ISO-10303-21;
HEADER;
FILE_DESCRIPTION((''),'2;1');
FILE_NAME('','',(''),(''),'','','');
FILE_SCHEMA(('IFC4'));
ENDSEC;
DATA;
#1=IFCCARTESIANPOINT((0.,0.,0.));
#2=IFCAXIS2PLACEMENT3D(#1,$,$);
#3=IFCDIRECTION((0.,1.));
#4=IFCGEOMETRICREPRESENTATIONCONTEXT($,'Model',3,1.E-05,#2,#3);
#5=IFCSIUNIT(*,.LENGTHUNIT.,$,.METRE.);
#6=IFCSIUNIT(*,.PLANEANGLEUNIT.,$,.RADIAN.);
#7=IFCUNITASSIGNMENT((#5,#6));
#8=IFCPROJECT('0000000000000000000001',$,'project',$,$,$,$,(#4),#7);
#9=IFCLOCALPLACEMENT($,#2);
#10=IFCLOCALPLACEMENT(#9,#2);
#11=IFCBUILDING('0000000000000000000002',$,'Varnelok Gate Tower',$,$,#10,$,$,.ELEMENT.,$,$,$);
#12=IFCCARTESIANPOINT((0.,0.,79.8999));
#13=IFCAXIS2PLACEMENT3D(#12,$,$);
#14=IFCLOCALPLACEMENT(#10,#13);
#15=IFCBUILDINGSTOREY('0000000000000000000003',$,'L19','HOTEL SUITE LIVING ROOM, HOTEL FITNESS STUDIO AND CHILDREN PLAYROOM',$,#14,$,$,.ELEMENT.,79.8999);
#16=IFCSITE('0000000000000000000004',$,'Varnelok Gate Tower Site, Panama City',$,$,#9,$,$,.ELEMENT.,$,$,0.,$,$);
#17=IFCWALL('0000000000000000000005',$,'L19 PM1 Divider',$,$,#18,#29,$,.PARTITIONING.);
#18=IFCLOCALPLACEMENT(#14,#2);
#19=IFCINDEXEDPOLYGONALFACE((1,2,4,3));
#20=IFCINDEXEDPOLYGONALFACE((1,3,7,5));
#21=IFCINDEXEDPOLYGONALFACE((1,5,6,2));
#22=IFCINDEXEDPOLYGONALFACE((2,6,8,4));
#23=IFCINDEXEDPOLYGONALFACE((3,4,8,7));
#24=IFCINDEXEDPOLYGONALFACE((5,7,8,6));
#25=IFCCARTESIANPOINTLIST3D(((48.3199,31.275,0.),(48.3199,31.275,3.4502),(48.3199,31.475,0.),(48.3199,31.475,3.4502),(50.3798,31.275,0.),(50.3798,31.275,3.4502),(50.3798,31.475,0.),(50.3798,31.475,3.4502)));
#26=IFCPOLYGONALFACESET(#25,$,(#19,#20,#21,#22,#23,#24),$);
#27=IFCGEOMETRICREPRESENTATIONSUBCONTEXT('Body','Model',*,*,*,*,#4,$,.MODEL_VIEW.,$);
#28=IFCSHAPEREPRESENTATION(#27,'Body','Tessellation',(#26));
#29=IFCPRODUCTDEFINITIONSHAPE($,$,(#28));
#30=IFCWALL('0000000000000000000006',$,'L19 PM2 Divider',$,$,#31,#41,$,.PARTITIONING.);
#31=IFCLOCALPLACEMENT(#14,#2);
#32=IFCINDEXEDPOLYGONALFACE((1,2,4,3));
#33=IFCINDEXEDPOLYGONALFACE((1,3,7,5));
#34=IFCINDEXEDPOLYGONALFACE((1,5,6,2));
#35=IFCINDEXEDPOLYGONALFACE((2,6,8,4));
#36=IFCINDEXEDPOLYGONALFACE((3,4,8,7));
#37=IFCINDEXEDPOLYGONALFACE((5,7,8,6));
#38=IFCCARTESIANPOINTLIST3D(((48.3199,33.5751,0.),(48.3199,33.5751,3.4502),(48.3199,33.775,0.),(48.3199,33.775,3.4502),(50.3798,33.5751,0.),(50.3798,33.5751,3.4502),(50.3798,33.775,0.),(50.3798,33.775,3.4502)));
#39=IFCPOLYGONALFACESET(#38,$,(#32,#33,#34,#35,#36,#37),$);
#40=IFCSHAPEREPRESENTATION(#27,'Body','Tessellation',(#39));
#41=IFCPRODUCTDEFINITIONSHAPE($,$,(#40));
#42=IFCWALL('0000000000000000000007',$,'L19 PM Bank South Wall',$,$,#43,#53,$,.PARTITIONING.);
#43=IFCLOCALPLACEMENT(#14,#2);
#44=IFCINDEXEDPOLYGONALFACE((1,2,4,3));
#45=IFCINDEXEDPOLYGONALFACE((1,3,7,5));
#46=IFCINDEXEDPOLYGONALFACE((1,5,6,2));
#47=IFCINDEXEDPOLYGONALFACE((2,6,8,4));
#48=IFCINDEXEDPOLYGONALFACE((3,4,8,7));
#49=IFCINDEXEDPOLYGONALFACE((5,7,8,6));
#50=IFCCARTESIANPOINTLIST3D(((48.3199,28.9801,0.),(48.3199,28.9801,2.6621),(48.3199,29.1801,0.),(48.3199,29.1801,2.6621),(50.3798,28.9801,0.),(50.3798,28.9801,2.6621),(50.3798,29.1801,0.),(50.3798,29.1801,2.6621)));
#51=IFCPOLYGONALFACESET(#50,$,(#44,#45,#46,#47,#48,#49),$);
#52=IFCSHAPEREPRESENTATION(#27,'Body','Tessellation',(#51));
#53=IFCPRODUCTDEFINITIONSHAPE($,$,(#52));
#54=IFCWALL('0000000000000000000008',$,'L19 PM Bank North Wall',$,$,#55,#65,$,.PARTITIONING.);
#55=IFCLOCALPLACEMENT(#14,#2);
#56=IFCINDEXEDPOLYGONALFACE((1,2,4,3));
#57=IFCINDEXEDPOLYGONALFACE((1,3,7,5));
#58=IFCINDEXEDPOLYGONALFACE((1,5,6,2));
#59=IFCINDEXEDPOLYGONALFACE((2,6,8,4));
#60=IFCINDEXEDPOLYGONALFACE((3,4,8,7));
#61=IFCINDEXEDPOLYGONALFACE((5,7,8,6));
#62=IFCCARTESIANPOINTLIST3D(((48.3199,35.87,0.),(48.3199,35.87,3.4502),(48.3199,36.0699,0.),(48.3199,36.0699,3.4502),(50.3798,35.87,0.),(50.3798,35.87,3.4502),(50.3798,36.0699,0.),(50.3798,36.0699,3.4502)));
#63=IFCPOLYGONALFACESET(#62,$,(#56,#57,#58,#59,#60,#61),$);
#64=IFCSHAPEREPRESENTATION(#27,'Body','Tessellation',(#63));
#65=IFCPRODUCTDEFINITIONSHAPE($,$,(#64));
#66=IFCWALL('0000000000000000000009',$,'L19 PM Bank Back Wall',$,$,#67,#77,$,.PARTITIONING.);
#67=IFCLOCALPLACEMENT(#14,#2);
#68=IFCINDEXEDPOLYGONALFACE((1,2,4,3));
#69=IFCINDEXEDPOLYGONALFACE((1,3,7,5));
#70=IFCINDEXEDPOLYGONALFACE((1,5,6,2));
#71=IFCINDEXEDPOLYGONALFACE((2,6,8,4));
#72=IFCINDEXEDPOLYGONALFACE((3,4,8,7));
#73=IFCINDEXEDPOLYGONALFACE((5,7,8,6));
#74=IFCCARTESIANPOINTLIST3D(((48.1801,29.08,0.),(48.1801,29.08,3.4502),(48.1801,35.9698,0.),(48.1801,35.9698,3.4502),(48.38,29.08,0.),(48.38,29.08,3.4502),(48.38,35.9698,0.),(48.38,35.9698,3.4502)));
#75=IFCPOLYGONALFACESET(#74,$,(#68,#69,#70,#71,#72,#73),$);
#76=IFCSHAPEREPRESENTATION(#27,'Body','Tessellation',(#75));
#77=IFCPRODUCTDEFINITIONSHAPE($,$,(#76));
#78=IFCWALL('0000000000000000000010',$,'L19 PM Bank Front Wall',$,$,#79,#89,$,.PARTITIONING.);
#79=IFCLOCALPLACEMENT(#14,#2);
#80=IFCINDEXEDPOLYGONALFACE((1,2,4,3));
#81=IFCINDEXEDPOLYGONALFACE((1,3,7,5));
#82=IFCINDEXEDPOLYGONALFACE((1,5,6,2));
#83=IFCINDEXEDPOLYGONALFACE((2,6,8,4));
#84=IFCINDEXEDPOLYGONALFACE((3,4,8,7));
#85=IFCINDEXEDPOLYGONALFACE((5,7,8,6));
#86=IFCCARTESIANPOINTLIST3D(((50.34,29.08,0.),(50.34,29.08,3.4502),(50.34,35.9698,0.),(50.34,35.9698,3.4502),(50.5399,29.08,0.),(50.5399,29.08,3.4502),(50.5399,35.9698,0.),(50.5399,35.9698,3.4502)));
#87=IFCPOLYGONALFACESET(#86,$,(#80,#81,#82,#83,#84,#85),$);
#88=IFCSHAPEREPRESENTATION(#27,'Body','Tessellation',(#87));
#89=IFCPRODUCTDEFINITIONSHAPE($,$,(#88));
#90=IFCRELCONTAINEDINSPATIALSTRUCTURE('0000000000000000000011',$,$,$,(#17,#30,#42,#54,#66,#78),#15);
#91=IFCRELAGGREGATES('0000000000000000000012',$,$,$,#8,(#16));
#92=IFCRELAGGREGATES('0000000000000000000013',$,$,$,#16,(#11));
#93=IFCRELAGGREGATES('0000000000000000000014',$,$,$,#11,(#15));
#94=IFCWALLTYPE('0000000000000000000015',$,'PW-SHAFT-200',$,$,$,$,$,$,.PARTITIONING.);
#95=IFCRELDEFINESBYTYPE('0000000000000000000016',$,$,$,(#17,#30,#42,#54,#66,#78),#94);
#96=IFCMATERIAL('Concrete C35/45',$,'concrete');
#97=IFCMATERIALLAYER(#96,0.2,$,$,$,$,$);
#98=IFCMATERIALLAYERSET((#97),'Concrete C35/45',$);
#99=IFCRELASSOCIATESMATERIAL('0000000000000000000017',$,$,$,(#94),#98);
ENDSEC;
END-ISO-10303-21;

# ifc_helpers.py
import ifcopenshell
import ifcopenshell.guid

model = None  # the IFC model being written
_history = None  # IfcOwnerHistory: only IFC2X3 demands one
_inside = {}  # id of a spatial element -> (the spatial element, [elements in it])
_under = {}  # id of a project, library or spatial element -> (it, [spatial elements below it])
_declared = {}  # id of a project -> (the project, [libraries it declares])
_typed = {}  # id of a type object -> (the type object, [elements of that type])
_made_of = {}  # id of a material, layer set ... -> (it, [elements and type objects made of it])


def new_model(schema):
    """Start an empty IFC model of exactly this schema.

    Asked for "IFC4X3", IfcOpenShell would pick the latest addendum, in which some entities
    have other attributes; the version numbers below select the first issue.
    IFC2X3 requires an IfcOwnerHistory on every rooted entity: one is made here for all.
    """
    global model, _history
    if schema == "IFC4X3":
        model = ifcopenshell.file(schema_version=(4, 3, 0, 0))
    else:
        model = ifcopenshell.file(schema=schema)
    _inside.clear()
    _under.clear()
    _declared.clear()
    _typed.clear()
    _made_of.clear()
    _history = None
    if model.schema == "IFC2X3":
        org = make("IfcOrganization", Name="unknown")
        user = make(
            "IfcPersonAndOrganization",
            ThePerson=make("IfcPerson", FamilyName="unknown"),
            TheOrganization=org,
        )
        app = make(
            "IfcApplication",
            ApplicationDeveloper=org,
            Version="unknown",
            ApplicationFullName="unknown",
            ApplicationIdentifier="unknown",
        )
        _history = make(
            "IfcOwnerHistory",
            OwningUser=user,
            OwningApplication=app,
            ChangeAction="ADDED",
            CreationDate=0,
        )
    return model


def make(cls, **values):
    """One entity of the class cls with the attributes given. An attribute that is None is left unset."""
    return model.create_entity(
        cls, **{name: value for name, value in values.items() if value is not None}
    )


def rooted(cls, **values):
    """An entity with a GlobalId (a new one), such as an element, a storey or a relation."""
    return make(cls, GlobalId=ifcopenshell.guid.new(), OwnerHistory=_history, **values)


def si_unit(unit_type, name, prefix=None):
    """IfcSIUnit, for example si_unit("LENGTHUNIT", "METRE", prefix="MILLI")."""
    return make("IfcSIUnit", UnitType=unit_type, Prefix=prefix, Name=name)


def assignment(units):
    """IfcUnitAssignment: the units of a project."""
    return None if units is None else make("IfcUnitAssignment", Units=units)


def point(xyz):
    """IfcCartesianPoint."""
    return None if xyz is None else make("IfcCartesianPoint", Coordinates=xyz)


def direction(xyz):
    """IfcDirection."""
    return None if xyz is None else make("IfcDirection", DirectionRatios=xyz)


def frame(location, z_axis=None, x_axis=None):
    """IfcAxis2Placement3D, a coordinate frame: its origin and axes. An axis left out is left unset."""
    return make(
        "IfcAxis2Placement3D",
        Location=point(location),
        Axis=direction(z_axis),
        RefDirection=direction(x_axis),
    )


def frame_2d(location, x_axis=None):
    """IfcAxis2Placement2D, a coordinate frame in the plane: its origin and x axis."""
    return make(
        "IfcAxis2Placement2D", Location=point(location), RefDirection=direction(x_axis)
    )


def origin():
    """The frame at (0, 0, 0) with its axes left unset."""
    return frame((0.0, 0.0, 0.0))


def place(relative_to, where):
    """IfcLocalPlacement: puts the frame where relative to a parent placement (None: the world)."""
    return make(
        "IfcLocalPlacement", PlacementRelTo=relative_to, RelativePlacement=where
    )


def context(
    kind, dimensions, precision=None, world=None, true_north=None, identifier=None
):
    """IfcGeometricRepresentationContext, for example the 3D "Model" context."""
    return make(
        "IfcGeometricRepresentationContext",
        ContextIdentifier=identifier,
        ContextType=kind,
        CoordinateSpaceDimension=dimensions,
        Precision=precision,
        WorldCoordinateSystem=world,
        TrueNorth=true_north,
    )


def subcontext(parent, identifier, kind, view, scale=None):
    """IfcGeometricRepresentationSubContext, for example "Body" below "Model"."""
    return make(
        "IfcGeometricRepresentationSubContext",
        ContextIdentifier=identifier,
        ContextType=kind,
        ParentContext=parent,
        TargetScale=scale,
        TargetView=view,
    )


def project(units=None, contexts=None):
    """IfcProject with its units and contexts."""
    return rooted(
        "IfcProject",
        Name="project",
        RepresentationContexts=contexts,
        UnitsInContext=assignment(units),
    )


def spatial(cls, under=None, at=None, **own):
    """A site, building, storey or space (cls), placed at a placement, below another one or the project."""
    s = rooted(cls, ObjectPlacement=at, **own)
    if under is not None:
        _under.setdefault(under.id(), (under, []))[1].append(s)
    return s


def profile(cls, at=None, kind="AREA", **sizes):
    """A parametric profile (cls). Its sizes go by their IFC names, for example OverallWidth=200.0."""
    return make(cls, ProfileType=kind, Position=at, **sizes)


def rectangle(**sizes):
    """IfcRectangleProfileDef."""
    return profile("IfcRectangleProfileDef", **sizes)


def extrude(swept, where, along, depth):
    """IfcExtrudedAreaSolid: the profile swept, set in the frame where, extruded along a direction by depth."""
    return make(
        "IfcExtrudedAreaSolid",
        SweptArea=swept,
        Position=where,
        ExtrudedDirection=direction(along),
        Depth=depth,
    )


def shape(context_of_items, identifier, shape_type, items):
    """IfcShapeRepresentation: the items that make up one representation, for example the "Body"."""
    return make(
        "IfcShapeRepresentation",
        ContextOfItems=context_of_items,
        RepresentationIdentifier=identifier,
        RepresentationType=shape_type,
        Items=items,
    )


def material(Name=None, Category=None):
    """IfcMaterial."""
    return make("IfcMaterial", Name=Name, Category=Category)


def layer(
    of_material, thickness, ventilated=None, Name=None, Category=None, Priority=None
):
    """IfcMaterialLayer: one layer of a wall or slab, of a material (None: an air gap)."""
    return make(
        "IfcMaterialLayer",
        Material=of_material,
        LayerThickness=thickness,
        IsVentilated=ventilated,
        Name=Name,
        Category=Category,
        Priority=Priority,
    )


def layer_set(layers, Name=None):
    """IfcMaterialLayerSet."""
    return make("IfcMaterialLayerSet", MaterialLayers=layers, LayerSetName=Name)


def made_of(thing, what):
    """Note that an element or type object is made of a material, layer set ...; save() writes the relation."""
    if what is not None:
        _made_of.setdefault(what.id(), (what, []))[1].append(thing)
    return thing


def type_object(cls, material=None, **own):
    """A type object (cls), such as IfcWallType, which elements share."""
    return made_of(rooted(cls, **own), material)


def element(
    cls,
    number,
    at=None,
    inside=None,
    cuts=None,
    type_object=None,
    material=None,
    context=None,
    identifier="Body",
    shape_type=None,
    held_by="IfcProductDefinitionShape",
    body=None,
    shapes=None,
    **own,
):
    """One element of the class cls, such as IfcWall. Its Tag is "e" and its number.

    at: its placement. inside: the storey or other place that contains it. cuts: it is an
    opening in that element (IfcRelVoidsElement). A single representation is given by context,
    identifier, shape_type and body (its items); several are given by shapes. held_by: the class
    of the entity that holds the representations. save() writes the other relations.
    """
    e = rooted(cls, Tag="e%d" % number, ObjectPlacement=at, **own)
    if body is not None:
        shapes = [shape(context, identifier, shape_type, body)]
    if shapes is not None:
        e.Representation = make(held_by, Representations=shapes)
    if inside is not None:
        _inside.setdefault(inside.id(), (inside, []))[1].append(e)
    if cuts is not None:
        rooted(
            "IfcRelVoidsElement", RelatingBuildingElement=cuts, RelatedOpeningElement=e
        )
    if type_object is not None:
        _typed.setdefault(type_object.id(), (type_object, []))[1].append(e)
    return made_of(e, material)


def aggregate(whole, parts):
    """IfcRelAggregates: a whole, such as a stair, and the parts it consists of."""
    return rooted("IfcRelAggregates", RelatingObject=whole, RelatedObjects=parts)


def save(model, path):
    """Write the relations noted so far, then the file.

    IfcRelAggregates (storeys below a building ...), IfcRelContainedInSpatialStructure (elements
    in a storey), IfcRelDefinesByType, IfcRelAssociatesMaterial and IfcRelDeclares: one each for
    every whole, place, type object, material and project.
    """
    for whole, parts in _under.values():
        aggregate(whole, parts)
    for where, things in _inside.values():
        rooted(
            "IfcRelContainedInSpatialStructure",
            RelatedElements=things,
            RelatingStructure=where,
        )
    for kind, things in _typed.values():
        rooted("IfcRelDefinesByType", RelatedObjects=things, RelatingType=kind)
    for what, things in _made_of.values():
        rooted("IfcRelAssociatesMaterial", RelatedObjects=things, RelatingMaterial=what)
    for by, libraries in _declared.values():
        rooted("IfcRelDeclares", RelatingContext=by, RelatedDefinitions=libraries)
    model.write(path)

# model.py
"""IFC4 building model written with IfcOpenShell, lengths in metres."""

from ifc_helpers import new_model, si_unit, direction, frame, frame_2d, origin, place, context, subcontext, project, spatial, rectangle, extrude, material, layer, layer_set, type_object, element, save


model = new_model("IFC4")

# Units and contexts
model_context = context("Model", 3, precision=1e-05, world=origin(), true_north=direction((0.0, 1.0)))
body_context = subcontext(model_context, "Body", "Model", "MODEL_VIEW")
ifc_project = project(units=[si_unit("LENGTHUNIT", "METRE"), si_unit("PLANEANGLEUNIT", "RADIAN")], contexts=[model_context])

# Site, building, storey
site_placement = place(None, origin())
site = spatial("IfcSite", under=ifc_project, at=site_placement, Name="Varnelok Gate Tower Site, Panama City", CompositionType="ELEMENT", RefElevation=0.0)
building_placement = place(site_placement, origin())
building = spatial("IfcBuilding", under=site, at=building_placement, Name="Varnelok Gate Tower", CompositionType="ELEMENT")
storey_placement = place(building_placement, frame((0.0, 0.0, 79.8999)))
storey = spatial("IfcBuildingStorey", under=building, at=storey_placement, Name="L19", Description="HOTEL SUITE LIVING ROOM, HOTEL FITNESS STUDIO AND CHILDREN PLAYROOM", CompositionType="ELEMENT", Elevation=79.8999)

# Walls
ifc_material_1 = material(Name="Concrete C35/45", Category="concrete")
ifc_layer_1 = layer(ifc_material_1, 0.2)
ifc_layer_set_1 = layer_set([ifc_layer_1], Name="Concrete C35/45")
wall_type_1 = type_object("IfcWallType", Name="PW-SHAFT-200", PredefinedType="PARTITIONING", material=ifc_layer_set_1)
for number, where, z_axis, x_axis, name in (
    (1, (48.3201, 31.375, 0.0), (0.0, 0.0, 1.0), (1.0, 0.0, 0.0), "L19 PM1 Divider"),
    (2, (48.3201, 33.675, 0.0), (0.0, 0.0, 1.0), (1.0, 0.0, 0.0), "L19 PM2 Divider"),
):
    element("IfcWall", number, at=place(storey_placement, frame(where, z_axis=z_axis, x_axis=x_axis)), inside=storey, type_object=wall_type_1, Name=name, PredefinedType="PARTITIONING", context=body_context, shape_type="SweptSolid", body=[
        extrude(rectangle(XDim=2.0598, YDim=0.2, at=frame_2d((1.0298, 0.0))), origin(), (0.0, 0.0, 1.0), 3.4502),
    ])
wall_1_placement = place(storey_placement, frame((48.3201, 29.0801, 0.0), z_axis=(0.0, 0.0, 1.0), x_axis=(1.0, 0.0, 0.0)))
element("IfcWall", 3, at=wall_1_placement, inside=storey, type_object=wall_type_1, Name="L19 PM Bank South Wall", PredefinedType="PARTITIONING", context=body_context, shape_type="SweptSolid", body=[
    extrude(rectangle(XDim=2.0598, YDim=0.2, at=frame_2d((1.0298, 0.0))), origin(), (0.0, 0.0, 1.0), 2.6621),
])
wall_2_placement = place(storey_placement, frame((48.3201, 35.97, 0.0), z_axis=(0.0, 0.0, 1.0), x_axis=(1.0, 0.0, 0.0)))
element("IfcWall", 4, at=wall_2_placement, inside=storey, type_object=wall_type_1, Name="L19 PM Bank North Wall", PredefinedType="PARTITIONING", context=body_context, shape_type="SweptSolid", body=[
    extrude(rectangle(XDim=2.0598, YDim=0.2, at=frame_2d((1.0298, 0.0))), origin(), (0.0, 0.0, 1.0), 3.4502),
])
for number, where, z_axis, x_axis, name in (
    (5, (48.28, 29.0801, 0.0), (0.0, 0.0, 1.0), (0.0, 1.0, 0.0), "L19 PM Bank Back Wall"),
    (6, (50.4399, 29.0801, 0.0), (0.0, 0.0, 1.0), (0.0, 1.0, 0.0), "L19 PM Bank Front Wall"),
):
    element("IfcWall", number, at=place(storey_placement, frame(where, z_axis=z_axis, x_axis=x_axis)), inside=storey, type_object=wall_type_1, Name=name, PredefinedType="PARTITIONING", context=body_context, shape_type="SweptSolid", body=[
        extrude(rectangle(XDim=6.8899, YDim=0.2, at=frame_2d((3.4448, 0.0))), origin(), (0.0, 0.0, 1.0), 3.4502),
    ])

save(model, "model.ifc")
